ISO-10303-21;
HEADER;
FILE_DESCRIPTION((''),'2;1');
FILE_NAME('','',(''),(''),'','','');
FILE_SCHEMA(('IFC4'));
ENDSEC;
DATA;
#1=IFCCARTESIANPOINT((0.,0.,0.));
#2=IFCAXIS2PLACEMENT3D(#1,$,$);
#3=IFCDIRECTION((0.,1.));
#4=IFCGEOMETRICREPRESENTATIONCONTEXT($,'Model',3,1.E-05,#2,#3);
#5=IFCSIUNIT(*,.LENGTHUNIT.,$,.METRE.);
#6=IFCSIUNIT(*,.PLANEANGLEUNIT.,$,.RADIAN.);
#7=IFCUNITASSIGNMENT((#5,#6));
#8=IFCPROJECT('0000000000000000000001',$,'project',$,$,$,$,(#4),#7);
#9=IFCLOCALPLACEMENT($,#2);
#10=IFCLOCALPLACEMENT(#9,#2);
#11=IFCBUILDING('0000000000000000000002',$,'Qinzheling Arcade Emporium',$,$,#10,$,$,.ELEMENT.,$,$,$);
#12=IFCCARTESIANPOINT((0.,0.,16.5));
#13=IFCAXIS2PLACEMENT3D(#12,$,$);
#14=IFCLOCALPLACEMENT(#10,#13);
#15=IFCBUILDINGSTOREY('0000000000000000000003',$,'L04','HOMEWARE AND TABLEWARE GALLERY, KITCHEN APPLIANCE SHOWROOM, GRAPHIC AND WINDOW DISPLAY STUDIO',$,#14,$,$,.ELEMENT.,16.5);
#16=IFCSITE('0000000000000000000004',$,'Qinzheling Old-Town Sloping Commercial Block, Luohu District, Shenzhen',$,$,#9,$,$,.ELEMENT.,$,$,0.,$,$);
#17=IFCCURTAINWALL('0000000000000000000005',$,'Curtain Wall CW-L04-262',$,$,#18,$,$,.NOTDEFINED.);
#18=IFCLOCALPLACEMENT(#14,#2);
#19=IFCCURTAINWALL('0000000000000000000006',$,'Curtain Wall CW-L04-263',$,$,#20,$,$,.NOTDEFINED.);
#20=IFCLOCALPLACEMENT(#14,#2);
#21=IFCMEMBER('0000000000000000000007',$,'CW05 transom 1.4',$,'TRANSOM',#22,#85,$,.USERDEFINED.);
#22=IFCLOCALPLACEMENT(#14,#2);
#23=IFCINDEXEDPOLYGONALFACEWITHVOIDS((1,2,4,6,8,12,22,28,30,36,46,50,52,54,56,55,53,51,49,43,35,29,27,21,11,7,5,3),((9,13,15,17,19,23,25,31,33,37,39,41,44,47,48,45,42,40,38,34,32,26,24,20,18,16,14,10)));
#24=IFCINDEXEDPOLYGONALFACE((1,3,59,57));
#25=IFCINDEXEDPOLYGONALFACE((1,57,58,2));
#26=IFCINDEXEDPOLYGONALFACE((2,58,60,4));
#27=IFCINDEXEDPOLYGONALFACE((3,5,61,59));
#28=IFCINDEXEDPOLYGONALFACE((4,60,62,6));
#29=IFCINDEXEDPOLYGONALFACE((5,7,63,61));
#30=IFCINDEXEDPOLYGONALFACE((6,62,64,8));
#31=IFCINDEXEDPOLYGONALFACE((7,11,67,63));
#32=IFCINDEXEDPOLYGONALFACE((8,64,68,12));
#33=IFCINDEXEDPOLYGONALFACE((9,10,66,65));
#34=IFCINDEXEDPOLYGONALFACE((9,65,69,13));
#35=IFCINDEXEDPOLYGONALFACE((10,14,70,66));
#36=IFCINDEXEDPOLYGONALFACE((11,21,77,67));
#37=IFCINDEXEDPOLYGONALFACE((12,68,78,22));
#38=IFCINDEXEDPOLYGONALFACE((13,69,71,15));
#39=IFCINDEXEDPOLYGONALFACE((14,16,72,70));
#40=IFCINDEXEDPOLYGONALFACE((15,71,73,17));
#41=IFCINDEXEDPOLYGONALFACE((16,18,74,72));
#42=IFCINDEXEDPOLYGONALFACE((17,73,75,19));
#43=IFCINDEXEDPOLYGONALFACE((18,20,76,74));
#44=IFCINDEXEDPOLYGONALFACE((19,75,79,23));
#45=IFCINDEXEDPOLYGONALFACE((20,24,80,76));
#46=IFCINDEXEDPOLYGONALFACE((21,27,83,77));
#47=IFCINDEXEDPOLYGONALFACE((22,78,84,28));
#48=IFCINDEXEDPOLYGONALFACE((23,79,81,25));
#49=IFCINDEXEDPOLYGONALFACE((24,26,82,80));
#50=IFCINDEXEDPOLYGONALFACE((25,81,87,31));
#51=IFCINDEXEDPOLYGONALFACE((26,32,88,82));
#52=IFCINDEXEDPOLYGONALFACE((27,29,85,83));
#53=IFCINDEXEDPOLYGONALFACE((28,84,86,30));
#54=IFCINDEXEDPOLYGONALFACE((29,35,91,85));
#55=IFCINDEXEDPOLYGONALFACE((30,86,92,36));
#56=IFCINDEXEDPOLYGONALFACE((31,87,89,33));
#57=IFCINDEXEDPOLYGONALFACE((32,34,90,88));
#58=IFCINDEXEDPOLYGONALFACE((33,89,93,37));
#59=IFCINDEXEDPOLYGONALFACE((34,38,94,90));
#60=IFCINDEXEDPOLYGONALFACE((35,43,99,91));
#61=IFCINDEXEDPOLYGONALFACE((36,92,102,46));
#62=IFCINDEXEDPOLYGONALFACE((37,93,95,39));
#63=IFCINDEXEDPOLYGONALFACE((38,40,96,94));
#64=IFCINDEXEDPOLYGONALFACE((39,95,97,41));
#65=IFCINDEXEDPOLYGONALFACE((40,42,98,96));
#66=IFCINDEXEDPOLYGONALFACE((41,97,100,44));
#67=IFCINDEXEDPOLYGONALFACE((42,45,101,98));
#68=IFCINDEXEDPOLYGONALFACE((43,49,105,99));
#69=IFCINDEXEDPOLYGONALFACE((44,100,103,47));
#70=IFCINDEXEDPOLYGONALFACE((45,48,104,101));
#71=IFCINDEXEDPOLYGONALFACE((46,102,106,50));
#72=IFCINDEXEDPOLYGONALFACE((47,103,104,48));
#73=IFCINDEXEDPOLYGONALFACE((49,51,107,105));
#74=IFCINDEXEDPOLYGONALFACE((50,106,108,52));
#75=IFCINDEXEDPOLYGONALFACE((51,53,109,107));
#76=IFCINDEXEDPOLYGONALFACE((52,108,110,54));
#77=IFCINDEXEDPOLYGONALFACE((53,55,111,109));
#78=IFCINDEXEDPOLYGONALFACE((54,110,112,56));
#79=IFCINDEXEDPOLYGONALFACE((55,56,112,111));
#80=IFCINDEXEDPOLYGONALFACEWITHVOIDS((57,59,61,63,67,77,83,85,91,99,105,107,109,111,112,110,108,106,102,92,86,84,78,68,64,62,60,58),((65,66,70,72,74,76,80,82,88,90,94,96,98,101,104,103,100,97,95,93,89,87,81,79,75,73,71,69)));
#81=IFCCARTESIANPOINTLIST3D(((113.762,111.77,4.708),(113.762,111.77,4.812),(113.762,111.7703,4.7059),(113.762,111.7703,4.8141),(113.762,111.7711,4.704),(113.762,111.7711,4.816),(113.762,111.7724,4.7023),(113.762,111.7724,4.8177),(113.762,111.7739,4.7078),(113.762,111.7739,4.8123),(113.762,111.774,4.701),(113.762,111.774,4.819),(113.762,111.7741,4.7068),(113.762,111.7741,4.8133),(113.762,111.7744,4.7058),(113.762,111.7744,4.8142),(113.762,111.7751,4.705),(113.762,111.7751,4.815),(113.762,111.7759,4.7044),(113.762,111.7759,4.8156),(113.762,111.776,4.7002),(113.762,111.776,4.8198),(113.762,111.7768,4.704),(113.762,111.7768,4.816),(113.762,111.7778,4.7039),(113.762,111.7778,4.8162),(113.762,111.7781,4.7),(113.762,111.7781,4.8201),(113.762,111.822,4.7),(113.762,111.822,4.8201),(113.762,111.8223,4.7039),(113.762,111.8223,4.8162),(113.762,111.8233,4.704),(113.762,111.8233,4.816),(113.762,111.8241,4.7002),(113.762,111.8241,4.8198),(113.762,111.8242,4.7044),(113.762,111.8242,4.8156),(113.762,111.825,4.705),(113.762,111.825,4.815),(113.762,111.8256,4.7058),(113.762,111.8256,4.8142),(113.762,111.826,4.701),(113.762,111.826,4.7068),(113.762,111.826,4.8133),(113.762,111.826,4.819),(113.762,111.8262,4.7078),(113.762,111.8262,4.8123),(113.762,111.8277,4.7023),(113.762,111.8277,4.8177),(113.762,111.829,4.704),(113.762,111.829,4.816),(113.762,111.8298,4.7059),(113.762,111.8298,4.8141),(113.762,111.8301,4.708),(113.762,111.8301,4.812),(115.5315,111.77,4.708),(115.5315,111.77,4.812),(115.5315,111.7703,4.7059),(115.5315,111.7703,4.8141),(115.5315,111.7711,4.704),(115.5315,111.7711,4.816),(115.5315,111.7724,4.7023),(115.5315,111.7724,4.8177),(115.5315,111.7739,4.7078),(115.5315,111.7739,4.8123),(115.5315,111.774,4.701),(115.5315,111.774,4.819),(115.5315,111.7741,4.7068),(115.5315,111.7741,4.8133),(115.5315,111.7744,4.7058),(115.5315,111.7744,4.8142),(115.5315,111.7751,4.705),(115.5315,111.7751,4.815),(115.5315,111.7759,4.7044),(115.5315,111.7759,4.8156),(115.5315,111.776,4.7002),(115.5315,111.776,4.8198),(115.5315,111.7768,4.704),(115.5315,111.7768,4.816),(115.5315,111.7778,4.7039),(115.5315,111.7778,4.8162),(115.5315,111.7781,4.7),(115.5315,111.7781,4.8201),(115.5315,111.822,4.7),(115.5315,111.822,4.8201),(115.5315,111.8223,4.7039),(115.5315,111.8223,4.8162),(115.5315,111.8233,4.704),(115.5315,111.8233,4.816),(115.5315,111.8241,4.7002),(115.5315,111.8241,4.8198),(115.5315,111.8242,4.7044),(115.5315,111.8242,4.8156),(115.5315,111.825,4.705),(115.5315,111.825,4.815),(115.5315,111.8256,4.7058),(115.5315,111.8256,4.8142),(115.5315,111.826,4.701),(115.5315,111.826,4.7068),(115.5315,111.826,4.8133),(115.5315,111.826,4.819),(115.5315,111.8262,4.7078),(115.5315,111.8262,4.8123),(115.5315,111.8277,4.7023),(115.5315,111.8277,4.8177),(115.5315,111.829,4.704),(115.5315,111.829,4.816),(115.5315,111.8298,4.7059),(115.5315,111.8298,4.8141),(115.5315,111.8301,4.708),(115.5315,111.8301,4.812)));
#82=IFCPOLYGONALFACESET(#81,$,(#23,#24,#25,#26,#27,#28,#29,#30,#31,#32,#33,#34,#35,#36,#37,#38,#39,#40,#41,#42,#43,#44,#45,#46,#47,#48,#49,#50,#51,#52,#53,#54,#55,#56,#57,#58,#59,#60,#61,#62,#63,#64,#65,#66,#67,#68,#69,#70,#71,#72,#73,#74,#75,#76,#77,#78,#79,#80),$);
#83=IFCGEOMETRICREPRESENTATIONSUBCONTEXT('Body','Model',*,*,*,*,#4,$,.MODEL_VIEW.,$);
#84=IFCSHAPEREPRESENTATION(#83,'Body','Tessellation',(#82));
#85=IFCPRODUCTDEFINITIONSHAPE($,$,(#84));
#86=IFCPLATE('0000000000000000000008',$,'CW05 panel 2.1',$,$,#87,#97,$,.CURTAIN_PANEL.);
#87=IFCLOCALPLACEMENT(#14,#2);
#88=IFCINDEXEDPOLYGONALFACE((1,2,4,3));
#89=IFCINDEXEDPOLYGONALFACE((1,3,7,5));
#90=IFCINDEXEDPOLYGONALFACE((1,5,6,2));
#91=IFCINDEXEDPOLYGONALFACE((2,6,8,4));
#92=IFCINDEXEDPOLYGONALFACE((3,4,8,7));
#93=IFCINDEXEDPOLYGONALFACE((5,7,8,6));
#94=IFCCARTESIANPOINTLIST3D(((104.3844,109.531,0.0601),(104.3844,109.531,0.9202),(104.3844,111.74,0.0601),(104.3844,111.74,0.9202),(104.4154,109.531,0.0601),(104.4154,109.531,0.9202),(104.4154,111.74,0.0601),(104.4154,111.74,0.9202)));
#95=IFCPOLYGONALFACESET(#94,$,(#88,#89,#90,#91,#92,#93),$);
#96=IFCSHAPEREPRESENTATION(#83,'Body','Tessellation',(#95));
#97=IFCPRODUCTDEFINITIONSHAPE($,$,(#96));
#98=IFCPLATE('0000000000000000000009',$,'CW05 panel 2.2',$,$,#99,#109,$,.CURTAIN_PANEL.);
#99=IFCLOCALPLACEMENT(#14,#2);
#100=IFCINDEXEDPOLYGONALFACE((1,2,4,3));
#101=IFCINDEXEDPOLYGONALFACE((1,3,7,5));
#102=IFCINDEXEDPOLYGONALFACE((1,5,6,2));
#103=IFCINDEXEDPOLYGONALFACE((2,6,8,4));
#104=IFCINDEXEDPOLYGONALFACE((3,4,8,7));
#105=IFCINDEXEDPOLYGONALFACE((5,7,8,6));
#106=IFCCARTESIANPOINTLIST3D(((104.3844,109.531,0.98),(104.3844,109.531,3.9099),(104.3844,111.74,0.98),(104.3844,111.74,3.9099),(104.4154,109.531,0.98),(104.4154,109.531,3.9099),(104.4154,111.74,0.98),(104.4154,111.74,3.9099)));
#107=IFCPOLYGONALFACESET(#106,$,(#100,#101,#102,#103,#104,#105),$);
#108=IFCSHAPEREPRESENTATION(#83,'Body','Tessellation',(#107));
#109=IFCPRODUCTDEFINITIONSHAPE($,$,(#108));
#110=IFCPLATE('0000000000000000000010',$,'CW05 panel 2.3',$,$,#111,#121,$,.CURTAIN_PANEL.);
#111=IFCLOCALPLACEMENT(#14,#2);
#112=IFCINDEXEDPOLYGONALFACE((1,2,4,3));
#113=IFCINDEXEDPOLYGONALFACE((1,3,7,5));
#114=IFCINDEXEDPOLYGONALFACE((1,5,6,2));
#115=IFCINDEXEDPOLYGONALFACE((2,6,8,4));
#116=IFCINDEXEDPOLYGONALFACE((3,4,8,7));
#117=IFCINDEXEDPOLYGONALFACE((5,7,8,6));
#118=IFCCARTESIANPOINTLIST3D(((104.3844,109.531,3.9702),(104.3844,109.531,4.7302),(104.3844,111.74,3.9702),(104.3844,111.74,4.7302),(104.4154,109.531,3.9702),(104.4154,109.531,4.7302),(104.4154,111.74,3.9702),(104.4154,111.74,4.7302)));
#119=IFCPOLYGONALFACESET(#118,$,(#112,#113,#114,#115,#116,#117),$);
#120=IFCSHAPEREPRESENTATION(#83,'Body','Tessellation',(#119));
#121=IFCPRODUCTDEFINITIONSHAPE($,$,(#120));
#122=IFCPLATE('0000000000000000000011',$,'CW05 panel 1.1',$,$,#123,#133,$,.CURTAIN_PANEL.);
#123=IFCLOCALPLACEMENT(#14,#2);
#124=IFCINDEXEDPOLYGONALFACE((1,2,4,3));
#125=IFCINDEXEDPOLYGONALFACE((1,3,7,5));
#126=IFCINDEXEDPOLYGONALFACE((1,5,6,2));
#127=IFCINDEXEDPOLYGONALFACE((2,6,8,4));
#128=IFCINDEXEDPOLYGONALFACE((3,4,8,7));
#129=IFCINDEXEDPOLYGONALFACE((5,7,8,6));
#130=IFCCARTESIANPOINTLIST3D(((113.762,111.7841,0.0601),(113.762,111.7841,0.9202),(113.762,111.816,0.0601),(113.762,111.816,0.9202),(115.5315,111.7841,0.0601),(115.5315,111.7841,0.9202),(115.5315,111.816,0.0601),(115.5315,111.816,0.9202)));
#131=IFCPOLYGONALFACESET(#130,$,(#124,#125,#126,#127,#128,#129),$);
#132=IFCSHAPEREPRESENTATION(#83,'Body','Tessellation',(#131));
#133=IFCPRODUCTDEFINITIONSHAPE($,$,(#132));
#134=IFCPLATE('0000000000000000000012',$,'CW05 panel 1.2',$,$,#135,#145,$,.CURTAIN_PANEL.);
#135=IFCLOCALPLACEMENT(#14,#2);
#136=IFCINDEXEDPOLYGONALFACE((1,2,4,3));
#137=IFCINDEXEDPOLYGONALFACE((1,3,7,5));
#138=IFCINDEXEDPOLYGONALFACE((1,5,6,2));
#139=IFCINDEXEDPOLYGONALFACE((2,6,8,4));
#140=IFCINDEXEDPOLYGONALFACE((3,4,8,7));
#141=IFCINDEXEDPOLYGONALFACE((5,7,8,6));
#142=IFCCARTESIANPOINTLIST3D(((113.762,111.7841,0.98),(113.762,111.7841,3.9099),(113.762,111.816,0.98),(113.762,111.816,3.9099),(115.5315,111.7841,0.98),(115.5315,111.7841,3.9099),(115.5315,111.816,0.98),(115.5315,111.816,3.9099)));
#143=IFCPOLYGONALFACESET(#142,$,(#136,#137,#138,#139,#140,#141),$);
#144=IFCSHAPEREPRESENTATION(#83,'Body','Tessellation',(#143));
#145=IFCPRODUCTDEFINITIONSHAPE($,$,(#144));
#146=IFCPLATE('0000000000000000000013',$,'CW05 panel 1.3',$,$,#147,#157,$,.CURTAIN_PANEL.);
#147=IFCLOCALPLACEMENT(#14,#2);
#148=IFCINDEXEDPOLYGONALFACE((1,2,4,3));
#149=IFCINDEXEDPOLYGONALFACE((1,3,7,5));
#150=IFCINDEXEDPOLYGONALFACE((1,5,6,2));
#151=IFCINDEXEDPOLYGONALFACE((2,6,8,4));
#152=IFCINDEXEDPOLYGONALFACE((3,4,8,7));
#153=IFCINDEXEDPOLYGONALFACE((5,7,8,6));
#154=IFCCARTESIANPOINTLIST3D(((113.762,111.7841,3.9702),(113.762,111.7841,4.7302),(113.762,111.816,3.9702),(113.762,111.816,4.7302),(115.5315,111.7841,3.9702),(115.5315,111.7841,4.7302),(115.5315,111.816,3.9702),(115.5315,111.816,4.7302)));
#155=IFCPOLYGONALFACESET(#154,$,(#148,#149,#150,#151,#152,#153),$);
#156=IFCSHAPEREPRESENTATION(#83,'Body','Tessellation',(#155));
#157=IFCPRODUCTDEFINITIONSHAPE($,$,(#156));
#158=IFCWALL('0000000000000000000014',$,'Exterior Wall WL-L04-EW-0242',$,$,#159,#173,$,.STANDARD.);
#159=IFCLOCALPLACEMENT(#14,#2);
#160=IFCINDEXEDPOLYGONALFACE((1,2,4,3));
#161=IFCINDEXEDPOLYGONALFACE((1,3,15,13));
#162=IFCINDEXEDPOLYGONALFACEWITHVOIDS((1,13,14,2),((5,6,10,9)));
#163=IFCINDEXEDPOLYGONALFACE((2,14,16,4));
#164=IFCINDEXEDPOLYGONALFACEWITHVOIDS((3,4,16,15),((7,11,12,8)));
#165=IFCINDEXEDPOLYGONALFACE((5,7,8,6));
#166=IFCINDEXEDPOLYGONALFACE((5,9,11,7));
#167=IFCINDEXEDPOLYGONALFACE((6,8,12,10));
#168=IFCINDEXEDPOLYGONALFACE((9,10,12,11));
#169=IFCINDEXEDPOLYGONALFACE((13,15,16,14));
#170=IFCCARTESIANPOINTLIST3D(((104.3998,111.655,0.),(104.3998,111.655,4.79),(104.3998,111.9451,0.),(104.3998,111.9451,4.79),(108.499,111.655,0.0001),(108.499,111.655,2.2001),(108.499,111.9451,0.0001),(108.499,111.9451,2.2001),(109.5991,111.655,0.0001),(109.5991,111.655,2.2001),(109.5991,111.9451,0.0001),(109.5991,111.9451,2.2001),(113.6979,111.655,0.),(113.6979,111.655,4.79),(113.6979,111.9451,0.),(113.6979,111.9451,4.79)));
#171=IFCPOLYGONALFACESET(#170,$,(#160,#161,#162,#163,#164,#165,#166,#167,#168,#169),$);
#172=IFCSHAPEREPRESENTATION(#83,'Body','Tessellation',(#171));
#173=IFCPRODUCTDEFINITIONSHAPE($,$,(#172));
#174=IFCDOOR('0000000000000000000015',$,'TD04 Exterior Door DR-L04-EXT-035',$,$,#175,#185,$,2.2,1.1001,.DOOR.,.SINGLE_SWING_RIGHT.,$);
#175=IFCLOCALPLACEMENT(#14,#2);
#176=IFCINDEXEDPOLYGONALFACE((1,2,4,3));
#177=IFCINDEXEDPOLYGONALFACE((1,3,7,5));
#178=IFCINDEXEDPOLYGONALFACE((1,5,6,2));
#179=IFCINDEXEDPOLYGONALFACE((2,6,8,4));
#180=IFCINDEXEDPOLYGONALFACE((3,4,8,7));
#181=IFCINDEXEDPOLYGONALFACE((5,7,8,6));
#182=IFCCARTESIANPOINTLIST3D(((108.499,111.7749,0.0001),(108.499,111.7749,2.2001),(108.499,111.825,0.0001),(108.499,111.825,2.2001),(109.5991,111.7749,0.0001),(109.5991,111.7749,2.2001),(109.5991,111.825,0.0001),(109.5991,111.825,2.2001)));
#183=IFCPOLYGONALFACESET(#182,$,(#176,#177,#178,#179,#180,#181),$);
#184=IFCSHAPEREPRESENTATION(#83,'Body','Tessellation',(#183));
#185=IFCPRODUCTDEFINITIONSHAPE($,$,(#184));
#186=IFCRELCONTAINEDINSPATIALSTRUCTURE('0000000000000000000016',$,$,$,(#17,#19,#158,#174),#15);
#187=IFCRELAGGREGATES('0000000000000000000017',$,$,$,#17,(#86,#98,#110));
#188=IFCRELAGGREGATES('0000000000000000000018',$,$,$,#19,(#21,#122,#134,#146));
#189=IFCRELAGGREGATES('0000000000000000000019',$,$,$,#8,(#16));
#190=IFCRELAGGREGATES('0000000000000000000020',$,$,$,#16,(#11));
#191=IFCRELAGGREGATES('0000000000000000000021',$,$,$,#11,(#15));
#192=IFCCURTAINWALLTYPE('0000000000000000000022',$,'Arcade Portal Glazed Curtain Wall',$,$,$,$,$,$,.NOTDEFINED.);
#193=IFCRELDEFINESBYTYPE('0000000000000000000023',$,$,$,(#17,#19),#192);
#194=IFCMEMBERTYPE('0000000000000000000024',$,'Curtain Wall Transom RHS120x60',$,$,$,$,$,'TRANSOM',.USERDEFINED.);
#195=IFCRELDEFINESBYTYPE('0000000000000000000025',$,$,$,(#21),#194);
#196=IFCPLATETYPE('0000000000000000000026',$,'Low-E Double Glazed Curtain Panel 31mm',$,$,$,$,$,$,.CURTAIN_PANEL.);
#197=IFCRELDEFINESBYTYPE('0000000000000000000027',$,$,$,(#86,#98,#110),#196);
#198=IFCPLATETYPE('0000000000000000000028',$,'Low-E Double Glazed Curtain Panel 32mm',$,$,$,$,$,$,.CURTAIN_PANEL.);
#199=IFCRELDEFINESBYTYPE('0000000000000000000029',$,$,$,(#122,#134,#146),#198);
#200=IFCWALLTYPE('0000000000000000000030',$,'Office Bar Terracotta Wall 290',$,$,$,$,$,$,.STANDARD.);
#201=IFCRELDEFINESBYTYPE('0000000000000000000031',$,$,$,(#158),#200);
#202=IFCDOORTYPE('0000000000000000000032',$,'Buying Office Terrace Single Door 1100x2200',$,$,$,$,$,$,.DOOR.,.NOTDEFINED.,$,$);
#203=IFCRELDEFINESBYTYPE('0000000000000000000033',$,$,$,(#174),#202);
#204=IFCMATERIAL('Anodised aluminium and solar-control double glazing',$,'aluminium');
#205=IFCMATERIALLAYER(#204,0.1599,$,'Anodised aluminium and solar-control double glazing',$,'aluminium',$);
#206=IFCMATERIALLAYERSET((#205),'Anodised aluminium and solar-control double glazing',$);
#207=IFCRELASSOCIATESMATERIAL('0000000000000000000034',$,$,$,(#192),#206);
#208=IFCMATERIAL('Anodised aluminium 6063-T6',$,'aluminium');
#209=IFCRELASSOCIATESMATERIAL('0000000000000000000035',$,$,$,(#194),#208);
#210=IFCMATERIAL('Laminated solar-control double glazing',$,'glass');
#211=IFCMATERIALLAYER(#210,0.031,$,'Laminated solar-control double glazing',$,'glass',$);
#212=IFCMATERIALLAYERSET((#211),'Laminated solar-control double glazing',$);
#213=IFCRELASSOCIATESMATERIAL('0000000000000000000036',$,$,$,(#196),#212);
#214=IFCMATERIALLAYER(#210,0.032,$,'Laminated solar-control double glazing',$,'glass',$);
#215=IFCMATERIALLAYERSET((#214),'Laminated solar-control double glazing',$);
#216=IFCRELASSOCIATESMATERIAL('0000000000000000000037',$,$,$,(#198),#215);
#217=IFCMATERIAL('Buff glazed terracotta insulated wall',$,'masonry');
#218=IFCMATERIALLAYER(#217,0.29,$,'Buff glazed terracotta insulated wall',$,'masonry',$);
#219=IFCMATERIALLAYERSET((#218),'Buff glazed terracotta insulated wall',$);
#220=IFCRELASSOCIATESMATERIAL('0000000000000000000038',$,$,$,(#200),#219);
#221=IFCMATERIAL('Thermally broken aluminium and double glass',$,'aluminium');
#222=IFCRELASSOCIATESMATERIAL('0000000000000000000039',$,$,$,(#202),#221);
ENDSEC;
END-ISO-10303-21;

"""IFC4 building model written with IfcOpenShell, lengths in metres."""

from ifc_helpers import new_model, si_unit, direction, frame, frame_2d, origin, origin_2d, place, context, subcontext, project, spatial, rectangle, hollow_rectangle, extrude, material, layer, layer_set, material_profile, profile_set, type_object, element, fill, aggregate, save


model = new_model("IFC4")

# Units and contexts
model_context = context("Model", 3, precision=1e-05, world=origin(), true_north=direction((0.0, 1.0)))
body_context = subcontext(model_context, "Body", "Model", "MODEL_VIEW")
ifc_project = project(units=[si_unit("LENGTHUNIT", "METRE"), si_unit("PLANEANGLEUNIT", "RADIAN")], contexts=[model_context])

# Site, building, storey
site_placement = place(None, origin())
site = spatial("IfcSite", under=ifc_project, at=site_placement, Name="Qinzheling Old-Town Sloping Commercial Block, Luohu District, Shenzhen", CompositionType="ELEMENT", RefElevation=0.0)
building_placement = place(site_placement, origin())
building = spatial("IfcBuilding", under=site, at=building_placement, Name="Qinzheling Arcade Emporium", CompositionType="ELEMENT")
storey_placement = place(building_placement, frame((0.0, 0.0, 16.5)))
storey = spatial("IfcBuildingStorey", under=building, at=storey_placement, Name="L04", Description="HOMEWARE AND TABLEWARE GALLERY, KITCHEN APPLIANCE SHOWROOM, GRAPHIC AND WINDOW DISPLAY STUDIO", CompositionType="ELEMENT", Elevation=16.5)

# Curtain wall
ifc_material_1 = material(Name="Anodised aluminium and solar-control double glazing", Category="aluminium")
ifc_layer_1 = layer(ifc_material_1, 0.1599, Name="Anodised aluminium and solar-control double glazing", Category="aluminium")
ifc_layer_set_1 = layer_set([ifc_layer_1], Name="Anodised aluminium and solar-control double glazing")
curtain_wall_type = type_object("IfcCurtainWallType", Name="Arcade Portal Glazed Curtain Wall", PredefinedType="NOTDEFINED", material=ifc_layer_set_1)
curtain_wall_1_placement = place(storey_placement, origin())
curtain_wall_1 = element("IfcCurtainWall", 1, at=curtain_wall_1_placement, inside=storey, type_object=curtain_wall_type, Name="Curtain Wall CW-L04-262", PredefinedType="NOTDEFINED")
ifc_material_2 = material(Name="Anodised aluminium 6063-T6", Category="aluminium")

# Curtain wall
curtain_wall_2_placement = place(storey_placement, origin())
curtain_wall_2 = element("IfcCurtainWall", 2, at=curtain_wall_2_placement, inside=storey, type_object=curtain_wall_type, Name="Curtain Wall CW-L04-263", PredefinedType="NOTDEFINED")

# Member
ifc_material_profile_1 = material_profile(ifc_material_2, hollow_rectangle(XDim=0.0601, YDim=0.1201, WallThickness=0.0039, InnerFilletRadius=0.0039, OuterFilletRadius=0.0081, at=origin_2d()), Name="RHS 120x60x4", Category="aluminium")
ifc_profile_set_1 = profile_set([ifc_material_profile_1], Name="Anodised aluminium 6063-T6")
member_type_1 = type_object("IfcMemberType", Name="Curtain Wall Transom RHS120x60", ElementType="TRANSOM", PredefinedType="USERDEFINED", material=ifc_profile_set_1)
member_1_placement = place(storey_placement, frame((113.762, 111.8, 4.76), z_axis=(1.0, 0.0, 0.0), x_axis=(0.0, 1.0, 0.0)))
member_1 = element("IfcMember", 3, at=member_1_placement, type_object=member_type_1, Name="CW05 transom 1.4", ObjectType="TRANSOM", PredefinedType="USERDEFINED", context=body_context, shape_type="SweptSolid", body=[
    extrude(hollow_rectangle(XDim=0.0601, YDim=0.1201, WallThickness=0.0039, InnerFilletRadius=0.0039, OuterFilletRadius=0.0081, at=origin_2d()), origin(), (0.0, 0.0, 1.0), 1.7695),
])

# Plates
ifc_material_3 = material(Name="Laminated solar-control double glazing", Category="glass")
ifc_layer_2 = layer(ifc_material_3, 0.031, Name="Laminated solar-control double glazing", Category="glass")
ifc_layer_set_2 = layer_set([ifc_layer_2], Name="Laminated solar-control double glazing")
plate_type_1 = type_object("IfcPlateType", Name="Low-E Double Glazed Curtain Panel 31mm", PredefinedType="CURTAIN_PANEL", material=ifc_layer_set_2)
plate_1_placement = place(storey_placement, frame((104.3999, 110.6355, 0.0601), z_axis=(0.0, 0.0, 1.0), x_axis=(0.0, 1.0, 0.0)))
plate_1 = element("IfcPlate", 4, at=plate_1_placement, type_object=plate_type_1, Name="CW05 panel 2.1", PredefinedType="CURTAIN_PANEL", context=body_context, shape_type="SweptSolid", body=[
    extrude(rectangle(XDim=2.209, YDim=0.031, at=origin_2d()), origin(), (0.0, 0.0, 1.0), 0.8601),
])
plate_2_placement = place(storey_placement, frame((104.3999, 110.6355, 0.98), z_axis=(0.0, 0.0, 1.0), x_axis=(0.0, 1.0, 0.0)))
plate_2 = element("IfcPlate", 5, at=plate_2_placement, type_object=plate_type_1, Name="CW05 panel 2.2", PredefinedType="CURTAIN_PANEL", context=body_context, shape_type="SweptSolid", body=[
    extrude(rectangle(XDim=2.209, YDim=0.031, at=origin_2d()), origin(), (0.0, 0.0, 1.0), 2.9299),
])
plate_3_placement = place(storey_placement, frame((104.3999, 110.6355, 3.9702), z_axis=(0.0, 0.0, 1.0), x_axis=(0.0, 1.0, 0.0)))
plate_3 = element("IfcPlate", 6, at=plate_3_placement, type_object=plate_type_1, Name="CW05 panel 2.3", PredefinedType="CURTAIN_PANEL", context=body_context, shape_type="SweptSolid", body=[
    extrude(rectangle(XDim=2.209, YDim=0.031, at=origin_2d()), origin(), (0.0, 0.0, 1.0), 0.76),
])
aggregate(curtain_wall_1, [plate_1, plate_2, plate_3])
ifc_layer_3 = layer(ifc_material_3, 0.032, Name="Laminated solar-control double glazing", Category="glass")
ifc_layer_set_3 = layer_set([ifc_layer_3], Name="Laminated solar-control double glazing")
plate_type_2 = type_object("IfcPlateType", Name="Low-E Double Glazed Curtain Panel 32mm", PredefinedType="CURTAIN_PANEL", material=ifc_layer_set_3)
plate_4_placement = place(storey_placement, frame((114.6467, 111.8, 0.0601), z_axis=(0.0, 0.0, 1.0), x_axis=(1.0, 0.0, 0.0)))
plate_4 = element("IfcPlate", 7, at=plate_4_placement, type_object=plate_type_2, Name="CW05 panel 1.1", PredefinedType="CURTAIN_PANEL", context=body_context, shape_type="SweptSolid", body=[
    extrude(rectangle(XDim=1.7695, YDim=0.032, at=origin_2d()), origin(), (0.0, 0.0, 1.0), 0.8601),
])
plate_5_placement = place(storey_placement, frame((114.6467, 111.8, 0.98), z_axis=(0.0, 0.0, 1.0), x_axis=(1.0, 0.0, 0.0)))
plate_5 = element("IfcPlate", 8, at=plate_5_placement, type_object=plate_type_2, Name="CW05 panel 1.2", PredefinedType="CURTAIN_PANEL", context=body_context, shape_type="SweptSolid", body=[
    extrude(rectangle(XDim=1.7695, YDim=0.032, at=origin_2d()), origin(), (0.0, 0.0, 1.0), 2.9299),
])
plate_6_placement = place(storey_placement, frame((114.6467, 111.8, 3.9702), z_axis=(0.0, 0.0, 1.0), x_axis=(1.0, 0.0, 0.0)))
plate_6 = element("IfcPlate", 9, at=plate_6_placement, type_object=plate_type_2, Name="CW05 panel 1.3", PredefinedType="CURTAIN_PANEL", context=body_context, shape_type="SweptSolid", body=[
    extrude(rectangle(XDim=1.7695, YDim=0.032, at=origin_2d()), origin(), (0.0, 0.0, 1.0), 0.76),
])
aggregate(curtain_wall_2, [member_1, plate_4, plate_5, plate_6])

# Wall, opening, door
ifc_material_4 = material(Name="Buff glazed terracotta insulated wall", Category="masonry")
ifc_layer_4 = layer(ifc_material_4, 0.29, Name="Buff glazed terracotta insulated wall", Category="masonry")
ifc_layer_set_4 = layer_set([ifc_layer_4], Name="Buff glazed terracotta insulated wall")
wall_type = type_object("IfcWallType", Name="Office Bar Terracotta Wall 290", PredefinedType="STANDARD", material=ifc_layer_set_4)
wall_placement = place(storey_placement, frame((104.3999, 111.8, 0.0), z_axis=(0.0, 0.0, 1.0), x_axis=(1.0, 0.0, 0.0)))
wall = element("IfcWall", 10, at=wall_placement, inside=storey, type_object=wall_type, Name="Exterior Wall WL-L04-EW-0242", PredefinedType="STANDARD", context=body_context, shape_type="SweptSolid", body=[
    extrude(rectangle(XDim=9.2981, YDim=0.29, at=frame_2d((4.6489, 0.0))), origin(), (0.0, 0.0, 1.0), 4.79),
])
opening_placement = place(wall_placement, frame((4.0991, 0.0, 0.0)))
opening = element("IfcOpeningElement", 11, at=opening_placement, cuts=wall, PredefinedType="OPENING", context=body_context, shape_type="SweptSolid", body=[
    extrude(rectangle(XDim=1.1001, YDim=2.2, at=frame_2d((0.55, 1.1001))), frame((0.0, 0.155, 0.0), z_axis=(0.0, -1.0, 0.0), x_axis=(1.0, 0.0, 0.0)), (0.0, 0.0, 1.0), 0.3101),
])
ifc_material_5 = material(Name="Thermally broken aluminium and double glass", Category="aluminium")
door_type = type_object("IfcDoorType", Name="Buying Office Terrace Single Door 1100x2200", OperationType="NOTDEFINED", PredefinedType="DOOR", material=ifc_material_5)
door_placement = place(opening_placement, origin())
door = element("IfcDoor", 12, at=door_placement, inside=storey, type_object=door_type, Name="TD04 Exterior Door DR-L04-EXT-035", OperationType="SINGLE_SWING_RIGHT", OverallHeight=2.2, OverallWidth=1.1001, PredefinedType="DOOR", context=body_context, shape_type="SweptSolid", body=[
    extrude(rectangle(XDim=1.1001, YDim=2.2, at=frame_2d((0.55, 1.1001))), frame((0.0, 0.0249, 0.0), z_axis=(0.0, -1.0, 0.0), x_axis=(1.0, 0.0, 0.0)), (0.0, 0.0, 1.0), 0.05),
])
fill(opening, door)

save(model, "model.ifc")
